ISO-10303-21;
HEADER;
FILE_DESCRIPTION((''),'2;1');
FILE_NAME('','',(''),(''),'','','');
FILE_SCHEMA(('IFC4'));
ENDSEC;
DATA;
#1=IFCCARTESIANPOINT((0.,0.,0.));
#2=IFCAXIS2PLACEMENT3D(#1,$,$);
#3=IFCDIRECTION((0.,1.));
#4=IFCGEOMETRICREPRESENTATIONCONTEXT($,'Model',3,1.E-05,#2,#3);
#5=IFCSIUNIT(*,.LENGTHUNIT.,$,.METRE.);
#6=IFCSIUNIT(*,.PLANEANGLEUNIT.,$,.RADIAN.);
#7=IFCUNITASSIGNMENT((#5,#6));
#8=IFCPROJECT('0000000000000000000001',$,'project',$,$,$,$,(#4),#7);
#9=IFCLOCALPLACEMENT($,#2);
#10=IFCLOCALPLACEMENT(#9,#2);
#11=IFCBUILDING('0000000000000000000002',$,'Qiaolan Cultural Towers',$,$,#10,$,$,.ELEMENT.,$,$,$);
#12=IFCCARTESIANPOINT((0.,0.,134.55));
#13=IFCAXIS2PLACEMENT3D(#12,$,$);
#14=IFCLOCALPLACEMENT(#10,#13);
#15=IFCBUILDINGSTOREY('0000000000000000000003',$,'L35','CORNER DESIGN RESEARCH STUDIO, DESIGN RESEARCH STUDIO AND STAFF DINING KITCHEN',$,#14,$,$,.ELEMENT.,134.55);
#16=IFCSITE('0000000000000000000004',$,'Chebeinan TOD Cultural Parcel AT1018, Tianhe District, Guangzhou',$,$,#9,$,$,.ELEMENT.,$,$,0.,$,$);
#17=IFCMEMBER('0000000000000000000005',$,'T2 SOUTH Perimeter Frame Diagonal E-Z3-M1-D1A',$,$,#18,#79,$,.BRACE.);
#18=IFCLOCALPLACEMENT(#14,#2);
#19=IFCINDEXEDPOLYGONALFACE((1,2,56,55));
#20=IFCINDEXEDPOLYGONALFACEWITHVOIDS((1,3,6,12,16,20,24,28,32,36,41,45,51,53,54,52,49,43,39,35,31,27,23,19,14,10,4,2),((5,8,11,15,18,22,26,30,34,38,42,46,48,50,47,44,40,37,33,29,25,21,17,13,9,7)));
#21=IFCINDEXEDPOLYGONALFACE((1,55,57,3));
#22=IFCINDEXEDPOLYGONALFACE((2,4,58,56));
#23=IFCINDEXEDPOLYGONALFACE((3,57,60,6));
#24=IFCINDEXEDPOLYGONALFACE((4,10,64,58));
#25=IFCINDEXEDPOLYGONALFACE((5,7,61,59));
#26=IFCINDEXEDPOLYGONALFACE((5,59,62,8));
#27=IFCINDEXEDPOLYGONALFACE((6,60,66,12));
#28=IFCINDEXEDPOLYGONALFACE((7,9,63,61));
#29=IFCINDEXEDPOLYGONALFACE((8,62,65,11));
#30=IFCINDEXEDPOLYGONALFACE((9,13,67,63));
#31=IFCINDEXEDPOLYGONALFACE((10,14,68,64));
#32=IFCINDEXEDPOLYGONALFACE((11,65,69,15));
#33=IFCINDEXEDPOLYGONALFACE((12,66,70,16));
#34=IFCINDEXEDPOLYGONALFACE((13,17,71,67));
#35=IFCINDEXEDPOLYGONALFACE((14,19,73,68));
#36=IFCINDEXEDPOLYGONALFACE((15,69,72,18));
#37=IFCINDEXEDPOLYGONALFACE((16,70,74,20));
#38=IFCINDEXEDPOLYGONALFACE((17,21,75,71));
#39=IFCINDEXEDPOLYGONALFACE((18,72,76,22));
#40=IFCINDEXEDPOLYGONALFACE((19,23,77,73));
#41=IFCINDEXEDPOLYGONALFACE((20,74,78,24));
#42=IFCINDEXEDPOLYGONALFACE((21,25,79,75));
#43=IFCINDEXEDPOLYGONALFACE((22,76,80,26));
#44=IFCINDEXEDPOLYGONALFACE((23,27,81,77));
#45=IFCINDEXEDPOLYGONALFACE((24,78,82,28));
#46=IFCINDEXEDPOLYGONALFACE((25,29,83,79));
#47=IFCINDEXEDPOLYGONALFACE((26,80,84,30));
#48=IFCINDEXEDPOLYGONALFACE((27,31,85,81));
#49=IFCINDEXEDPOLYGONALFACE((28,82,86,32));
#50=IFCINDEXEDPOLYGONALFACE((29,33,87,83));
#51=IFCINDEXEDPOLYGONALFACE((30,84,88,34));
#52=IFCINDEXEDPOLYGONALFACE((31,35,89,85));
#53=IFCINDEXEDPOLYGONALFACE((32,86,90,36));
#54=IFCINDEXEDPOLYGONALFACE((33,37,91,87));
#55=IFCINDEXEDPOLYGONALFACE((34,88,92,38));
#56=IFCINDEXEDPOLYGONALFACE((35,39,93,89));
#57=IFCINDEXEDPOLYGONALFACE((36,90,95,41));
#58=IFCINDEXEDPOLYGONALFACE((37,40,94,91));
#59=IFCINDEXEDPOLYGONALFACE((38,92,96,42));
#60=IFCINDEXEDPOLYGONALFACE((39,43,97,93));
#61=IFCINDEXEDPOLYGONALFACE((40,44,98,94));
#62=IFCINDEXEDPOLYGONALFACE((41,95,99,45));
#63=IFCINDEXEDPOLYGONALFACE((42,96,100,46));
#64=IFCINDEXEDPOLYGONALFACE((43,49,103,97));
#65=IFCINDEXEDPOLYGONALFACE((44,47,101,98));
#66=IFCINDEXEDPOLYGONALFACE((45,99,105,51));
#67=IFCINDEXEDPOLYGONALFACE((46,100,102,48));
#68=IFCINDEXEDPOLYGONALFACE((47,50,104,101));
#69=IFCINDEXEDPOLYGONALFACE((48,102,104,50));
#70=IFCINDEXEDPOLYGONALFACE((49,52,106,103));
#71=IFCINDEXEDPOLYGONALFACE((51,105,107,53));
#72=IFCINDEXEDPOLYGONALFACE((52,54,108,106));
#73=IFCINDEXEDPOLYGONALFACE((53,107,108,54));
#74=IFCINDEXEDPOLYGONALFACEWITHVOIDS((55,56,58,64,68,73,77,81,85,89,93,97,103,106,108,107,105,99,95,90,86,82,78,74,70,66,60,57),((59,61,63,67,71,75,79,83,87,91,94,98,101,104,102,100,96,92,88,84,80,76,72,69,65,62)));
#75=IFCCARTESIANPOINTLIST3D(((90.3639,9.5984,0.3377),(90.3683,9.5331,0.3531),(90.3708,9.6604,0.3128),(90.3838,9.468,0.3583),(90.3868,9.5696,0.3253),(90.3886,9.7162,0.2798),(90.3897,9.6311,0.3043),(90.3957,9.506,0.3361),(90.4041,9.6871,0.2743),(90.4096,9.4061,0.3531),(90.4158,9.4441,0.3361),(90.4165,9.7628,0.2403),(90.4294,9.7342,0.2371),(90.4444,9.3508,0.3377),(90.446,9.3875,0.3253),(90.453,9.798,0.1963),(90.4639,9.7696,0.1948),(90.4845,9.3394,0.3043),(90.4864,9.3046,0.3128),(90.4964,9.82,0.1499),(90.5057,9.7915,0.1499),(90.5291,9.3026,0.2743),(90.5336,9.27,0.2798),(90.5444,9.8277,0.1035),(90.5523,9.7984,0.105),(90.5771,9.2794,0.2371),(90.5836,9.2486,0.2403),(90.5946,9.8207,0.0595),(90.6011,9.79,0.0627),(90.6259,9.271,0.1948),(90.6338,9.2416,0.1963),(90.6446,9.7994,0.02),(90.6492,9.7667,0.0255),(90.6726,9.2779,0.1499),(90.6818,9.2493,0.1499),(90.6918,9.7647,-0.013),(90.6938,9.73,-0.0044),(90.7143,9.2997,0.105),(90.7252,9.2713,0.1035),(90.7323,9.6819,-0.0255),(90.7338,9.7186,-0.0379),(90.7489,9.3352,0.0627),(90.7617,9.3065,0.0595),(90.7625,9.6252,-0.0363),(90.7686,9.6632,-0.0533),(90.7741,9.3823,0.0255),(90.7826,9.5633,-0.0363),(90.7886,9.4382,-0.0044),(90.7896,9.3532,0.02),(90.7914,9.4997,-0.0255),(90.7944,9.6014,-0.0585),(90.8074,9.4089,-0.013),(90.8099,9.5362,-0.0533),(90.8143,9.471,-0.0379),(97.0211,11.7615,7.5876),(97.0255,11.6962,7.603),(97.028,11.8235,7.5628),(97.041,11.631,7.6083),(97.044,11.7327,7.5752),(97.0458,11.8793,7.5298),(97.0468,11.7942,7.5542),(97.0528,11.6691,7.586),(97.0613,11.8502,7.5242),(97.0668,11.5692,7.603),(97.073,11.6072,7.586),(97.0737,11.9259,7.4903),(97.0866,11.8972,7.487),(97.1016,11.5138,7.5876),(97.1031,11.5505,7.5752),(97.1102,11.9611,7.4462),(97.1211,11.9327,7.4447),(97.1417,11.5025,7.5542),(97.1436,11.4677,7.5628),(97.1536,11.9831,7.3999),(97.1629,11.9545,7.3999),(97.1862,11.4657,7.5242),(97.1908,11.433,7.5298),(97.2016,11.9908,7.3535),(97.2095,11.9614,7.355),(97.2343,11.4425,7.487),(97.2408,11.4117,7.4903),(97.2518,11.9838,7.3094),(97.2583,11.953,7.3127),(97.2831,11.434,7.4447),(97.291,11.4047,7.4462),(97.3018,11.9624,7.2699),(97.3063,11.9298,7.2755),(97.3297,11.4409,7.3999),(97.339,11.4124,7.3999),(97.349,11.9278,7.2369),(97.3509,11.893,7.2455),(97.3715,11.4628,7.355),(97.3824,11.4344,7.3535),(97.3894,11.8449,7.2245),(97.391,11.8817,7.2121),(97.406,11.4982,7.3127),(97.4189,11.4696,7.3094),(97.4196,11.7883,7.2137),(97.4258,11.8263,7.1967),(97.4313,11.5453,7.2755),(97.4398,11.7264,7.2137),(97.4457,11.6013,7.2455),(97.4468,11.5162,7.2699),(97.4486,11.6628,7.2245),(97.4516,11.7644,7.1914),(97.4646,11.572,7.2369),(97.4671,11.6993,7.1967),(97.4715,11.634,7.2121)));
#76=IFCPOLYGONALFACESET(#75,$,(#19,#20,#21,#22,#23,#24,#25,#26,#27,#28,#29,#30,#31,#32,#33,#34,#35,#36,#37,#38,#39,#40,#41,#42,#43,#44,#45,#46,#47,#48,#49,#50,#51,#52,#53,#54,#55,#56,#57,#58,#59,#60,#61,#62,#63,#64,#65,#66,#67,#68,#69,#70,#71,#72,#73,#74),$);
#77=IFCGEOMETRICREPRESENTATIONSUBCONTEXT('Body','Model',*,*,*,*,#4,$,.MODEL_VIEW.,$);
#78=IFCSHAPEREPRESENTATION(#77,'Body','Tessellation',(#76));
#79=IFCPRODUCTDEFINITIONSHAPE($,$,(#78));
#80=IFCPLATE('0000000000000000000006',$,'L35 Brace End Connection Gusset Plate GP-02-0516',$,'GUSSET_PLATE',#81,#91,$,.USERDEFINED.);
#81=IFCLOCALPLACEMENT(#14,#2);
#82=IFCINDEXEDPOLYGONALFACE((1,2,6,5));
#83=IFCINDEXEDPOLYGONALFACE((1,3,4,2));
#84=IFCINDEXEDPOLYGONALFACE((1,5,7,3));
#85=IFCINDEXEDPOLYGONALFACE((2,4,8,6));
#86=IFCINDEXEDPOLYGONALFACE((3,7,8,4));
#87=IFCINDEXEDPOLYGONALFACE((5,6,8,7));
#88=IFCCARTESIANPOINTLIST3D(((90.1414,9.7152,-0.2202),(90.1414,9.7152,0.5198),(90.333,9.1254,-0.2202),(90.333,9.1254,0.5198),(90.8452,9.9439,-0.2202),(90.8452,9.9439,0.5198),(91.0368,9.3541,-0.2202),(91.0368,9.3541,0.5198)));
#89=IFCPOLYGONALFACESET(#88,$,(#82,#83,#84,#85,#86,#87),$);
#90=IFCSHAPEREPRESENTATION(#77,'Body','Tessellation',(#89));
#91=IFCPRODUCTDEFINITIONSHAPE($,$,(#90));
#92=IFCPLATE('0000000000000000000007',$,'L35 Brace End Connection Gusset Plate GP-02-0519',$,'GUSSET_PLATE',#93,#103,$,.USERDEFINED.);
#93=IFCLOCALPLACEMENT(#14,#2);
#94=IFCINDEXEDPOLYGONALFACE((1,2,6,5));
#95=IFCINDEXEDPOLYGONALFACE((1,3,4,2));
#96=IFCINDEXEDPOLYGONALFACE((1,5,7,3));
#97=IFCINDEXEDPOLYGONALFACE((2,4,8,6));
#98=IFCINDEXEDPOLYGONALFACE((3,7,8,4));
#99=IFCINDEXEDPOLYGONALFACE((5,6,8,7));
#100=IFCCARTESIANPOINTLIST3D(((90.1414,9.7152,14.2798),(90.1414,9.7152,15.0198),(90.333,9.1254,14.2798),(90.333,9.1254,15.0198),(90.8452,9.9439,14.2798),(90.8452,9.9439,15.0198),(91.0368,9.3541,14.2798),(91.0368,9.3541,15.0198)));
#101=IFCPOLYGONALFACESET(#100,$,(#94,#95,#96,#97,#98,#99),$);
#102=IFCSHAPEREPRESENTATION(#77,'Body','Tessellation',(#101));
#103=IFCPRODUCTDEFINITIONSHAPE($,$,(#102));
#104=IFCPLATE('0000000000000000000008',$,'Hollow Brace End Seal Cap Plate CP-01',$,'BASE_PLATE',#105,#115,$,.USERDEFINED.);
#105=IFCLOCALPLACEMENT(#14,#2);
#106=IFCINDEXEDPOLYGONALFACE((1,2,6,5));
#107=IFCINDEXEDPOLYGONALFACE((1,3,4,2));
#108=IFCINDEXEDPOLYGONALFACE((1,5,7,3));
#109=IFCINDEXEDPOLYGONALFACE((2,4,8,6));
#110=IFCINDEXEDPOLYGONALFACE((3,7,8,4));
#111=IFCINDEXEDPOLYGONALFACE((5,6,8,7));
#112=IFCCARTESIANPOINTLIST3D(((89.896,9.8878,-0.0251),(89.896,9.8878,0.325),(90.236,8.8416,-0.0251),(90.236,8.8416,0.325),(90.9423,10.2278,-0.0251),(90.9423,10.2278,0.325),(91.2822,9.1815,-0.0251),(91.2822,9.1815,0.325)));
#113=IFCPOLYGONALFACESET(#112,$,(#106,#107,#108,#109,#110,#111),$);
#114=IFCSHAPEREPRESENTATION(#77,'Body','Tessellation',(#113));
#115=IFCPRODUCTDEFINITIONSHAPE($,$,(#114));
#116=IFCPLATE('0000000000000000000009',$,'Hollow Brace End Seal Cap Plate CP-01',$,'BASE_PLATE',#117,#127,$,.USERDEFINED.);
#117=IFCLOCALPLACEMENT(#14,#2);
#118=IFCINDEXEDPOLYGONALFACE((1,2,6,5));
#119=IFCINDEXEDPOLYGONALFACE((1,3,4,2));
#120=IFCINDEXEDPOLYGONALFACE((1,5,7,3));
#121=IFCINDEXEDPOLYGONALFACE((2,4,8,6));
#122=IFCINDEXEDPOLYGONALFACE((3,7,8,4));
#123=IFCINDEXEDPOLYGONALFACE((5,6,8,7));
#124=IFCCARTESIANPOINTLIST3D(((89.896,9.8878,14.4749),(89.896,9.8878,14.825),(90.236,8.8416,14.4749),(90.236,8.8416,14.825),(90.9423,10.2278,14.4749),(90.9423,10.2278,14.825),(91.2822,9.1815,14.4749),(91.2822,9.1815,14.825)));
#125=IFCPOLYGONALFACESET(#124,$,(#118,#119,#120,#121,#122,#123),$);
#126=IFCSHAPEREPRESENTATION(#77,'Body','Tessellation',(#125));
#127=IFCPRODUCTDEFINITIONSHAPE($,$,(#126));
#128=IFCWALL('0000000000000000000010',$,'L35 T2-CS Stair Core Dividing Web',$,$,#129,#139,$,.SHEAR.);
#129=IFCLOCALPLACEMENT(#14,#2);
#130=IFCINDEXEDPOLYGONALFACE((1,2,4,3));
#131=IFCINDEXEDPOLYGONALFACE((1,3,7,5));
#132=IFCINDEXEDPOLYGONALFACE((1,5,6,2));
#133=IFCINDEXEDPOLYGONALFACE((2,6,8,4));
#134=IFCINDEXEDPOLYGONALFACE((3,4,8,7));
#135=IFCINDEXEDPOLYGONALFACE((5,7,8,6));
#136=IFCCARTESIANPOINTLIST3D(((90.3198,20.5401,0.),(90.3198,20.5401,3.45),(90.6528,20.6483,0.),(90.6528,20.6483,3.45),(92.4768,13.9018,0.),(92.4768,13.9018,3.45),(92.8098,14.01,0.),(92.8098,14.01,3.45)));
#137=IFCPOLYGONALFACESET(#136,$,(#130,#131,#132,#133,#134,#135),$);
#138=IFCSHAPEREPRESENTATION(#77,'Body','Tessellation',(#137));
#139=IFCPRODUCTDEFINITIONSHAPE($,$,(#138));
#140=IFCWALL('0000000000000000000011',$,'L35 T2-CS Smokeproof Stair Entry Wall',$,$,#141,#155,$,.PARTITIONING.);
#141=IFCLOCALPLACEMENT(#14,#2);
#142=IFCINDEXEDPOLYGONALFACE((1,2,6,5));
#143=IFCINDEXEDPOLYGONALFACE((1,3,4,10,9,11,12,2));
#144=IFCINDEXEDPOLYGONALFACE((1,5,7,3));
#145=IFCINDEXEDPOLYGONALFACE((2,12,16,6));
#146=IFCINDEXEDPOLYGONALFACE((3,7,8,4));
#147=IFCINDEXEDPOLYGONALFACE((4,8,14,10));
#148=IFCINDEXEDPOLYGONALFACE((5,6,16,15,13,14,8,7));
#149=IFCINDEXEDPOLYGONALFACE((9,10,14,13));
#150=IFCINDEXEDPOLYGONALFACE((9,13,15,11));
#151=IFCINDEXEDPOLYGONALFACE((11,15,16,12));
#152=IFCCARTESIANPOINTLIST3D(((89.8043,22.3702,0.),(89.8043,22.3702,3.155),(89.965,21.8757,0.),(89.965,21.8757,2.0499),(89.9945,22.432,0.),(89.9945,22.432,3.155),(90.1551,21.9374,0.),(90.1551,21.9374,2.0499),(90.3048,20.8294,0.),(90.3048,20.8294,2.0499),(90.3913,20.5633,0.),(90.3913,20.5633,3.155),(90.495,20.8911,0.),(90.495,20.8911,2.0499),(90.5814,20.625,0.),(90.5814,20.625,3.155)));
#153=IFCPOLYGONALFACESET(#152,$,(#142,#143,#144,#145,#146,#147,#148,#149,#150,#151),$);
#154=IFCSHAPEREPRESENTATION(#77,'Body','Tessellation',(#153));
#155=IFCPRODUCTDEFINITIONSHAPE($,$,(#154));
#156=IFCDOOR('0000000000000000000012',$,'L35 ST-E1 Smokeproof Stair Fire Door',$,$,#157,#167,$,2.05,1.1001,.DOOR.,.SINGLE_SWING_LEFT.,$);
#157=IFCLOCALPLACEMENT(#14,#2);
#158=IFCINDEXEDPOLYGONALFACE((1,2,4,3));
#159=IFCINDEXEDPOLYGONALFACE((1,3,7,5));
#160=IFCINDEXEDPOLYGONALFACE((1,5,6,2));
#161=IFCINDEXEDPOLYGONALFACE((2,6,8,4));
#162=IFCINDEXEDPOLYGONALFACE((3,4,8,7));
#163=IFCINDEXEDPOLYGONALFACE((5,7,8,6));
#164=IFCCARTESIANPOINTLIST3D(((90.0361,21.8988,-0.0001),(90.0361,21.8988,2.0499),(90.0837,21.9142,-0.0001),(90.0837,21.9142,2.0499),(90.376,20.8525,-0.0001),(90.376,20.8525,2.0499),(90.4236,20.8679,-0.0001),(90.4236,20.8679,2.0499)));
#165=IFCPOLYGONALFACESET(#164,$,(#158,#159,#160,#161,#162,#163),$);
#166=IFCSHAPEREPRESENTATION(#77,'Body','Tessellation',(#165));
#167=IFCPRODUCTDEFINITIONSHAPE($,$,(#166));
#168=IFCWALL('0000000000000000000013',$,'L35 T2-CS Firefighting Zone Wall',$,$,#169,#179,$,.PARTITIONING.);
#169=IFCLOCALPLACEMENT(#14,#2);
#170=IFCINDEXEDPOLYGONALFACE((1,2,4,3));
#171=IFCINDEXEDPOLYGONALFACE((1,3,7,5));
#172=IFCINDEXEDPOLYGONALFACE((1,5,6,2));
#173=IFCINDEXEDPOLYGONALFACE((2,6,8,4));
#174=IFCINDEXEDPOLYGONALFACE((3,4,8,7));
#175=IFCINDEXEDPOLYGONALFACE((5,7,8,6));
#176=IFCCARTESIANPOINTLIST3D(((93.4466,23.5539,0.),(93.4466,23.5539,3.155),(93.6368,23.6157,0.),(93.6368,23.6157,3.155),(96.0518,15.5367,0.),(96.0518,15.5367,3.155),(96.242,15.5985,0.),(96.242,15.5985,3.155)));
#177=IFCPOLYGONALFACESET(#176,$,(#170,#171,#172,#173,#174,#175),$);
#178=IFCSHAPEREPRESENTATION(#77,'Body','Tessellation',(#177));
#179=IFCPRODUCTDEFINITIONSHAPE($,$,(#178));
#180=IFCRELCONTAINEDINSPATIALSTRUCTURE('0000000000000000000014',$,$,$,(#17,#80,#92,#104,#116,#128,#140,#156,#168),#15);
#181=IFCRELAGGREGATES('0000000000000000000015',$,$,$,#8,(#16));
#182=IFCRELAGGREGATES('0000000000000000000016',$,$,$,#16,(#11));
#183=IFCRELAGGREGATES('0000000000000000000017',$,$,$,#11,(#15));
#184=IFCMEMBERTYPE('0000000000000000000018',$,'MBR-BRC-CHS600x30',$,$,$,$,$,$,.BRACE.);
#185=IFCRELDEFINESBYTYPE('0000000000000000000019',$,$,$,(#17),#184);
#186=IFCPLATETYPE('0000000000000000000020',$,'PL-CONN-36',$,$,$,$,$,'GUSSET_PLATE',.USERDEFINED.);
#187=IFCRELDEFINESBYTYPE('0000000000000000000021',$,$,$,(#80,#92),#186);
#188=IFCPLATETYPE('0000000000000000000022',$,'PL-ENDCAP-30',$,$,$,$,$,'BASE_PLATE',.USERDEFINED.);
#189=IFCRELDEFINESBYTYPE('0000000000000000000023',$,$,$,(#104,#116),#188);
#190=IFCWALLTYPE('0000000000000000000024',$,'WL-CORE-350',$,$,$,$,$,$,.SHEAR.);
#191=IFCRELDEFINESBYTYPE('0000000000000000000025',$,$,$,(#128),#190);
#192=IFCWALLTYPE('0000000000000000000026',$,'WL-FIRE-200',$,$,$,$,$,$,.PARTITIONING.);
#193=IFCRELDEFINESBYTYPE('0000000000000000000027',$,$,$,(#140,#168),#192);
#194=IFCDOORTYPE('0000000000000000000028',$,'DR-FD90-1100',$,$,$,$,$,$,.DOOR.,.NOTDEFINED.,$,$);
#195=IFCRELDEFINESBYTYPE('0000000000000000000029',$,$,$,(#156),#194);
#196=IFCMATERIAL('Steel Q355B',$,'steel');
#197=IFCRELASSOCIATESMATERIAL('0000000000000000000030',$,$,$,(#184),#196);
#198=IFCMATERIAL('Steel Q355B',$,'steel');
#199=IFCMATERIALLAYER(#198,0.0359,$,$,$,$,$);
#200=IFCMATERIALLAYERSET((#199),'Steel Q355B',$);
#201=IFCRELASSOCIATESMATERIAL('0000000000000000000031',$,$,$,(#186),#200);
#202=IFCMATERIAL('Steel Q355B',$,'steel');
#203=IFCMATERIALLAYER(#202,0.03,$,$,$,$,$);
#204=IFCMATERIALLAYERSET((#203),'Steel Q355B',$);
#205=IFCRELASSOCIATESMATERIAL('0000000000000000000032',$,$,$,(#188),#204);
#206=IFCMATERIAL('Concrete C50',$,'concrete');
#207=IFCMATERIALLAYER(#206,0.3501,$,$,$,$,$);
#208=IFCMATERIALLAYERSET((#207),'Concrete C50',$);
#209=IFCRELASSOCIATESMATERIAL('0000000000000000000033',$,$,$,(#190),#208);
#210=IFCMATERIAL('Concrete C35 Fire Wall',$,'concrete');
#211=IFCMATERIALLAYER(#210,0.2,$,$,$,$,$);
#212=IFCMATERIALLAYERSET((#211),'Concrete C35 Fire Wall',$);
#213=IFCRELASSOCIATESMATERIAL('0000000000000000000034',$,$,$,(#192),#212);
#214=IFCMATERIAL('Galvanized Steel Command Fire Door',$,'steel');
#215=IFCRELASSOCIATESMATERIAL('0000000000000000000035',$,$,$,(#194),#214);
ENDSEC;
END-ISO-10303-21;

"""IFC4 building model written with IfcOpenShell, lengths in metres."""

from ifc_helpers import new_model, si_unit, direction, frame, frame_2d, origin, origin_2d, place, context, subcontext, project, spatial, rectangle, hollow_circle, extrude, material, layer, layer_set, material_profile, profile_set, type_object, element, fill, save


model = new_model("IFC4")

# Units and contexts
model_context = context("Model", 3, precision=1e-05, world=origin(), true_north=direction((0.0, 1.0)))
body_context = subcontext(model_context, "Body", "Model", "MODEL_VIEW")
ifc_project = project(units=[si_unit("LENGTHUNIT", "METRE"), si_unit("PLANEANGLEUNIT", "RADIAN")], contexts=[model_context])

# Site, building, storey
site_placement = place(None, origin())
site = spatial("IfcSite", under=ifc_project, at=site_placement, Name="Chebeinan TOD Cultural Parcel AT1018, Tianhe District, Guangzhou", CompositionType="ELEMENT", RefElevation=0.0)
building_placement = place(site_placement, origin())
building = spatial("IfcBuilding", under=site, at=building_placement, Name="Qiaolan Cultural Towers", CompositionType="ELEMENT")
storey_placement = place(building_placement, frame((0.0, 0.0, 134.55)))
storey = spatial("IfcBuildingStorey", under=building, at=storey_placement, Name="L35", Description="CORNER DESIGN RESEARCH STUDIO, DESIGN RESEARCH STUDIO AND STAFF DINING KITCHEN", CompositionType="ELEMENT", Elevation=134.55)

# Member
ifc_material_1 = material(Name="Steel Q355B", Category="steel")
ifc_material_profile_1 = material_profile(ifc_material_1, hollow_circle(Radius=0.3, WallThickness=0.03, at=origin_2d()), Name="CHS600x30")
ifc_profile_set_1 = profile_set([ifc_material_profile_1], Name="Steel Q355B")
member_type = type_object("IfcMemberType", Name="MBR-BRC-CHS600x30", PredefinedType="BRACE", material=ifc_profile_set_1)
member_placement = place(storey_placement, frame((90.5891, 9.5347, 0.1499), z_axis=(0.66059, 0.214641, 0.71941), x_axis=(-0.30902, 0.951056, 0.0)))
element("IfcMember", 1, at=member_placement, inside=storey, type_object=member_type, Name="T2 SOUTH Perimeter Frame Diagonal E-Z3-M1-D1A", PredefinedType="BRACE", context=body_context, shape_type="SweptSolid", body=[
    extrude(hollow_circle(Radius=0.3, WallThickness=0.03, at=origin_2d()), origin(), (0.0, 0.0, 1.0), 10.0776),
])

# Plates
ifc_material_2 = material(Name="Steel Q355B", Category="steel")
ifc_layer_1 = layer(ifc_material_2, 0.0359)
ifc_layer_set_1 = layer_set([ifc_layer_1], Name="Steel Q355B")
plate_type_1 = type_object("IfcPlateType", Name="PL-CONN-36", ElementType="GUSSET_PLATE", PredefinedType="USERDEFINED", material=ifc_layer_set_1)
for number, where, z_axis, x_axis, name in (
    (2, (90.5891, 9.5347, -0.2202), (0.0, 0.0, 1.0), (0.951057, 0.309017, 0.0), "L35 Brace End Connection Gusset Plate GP-02-0516"),
    (3, (90.5891, 9.5347, 14.2798), (0.0, 0.0, 1.0), (0.951057, 0.309017, 0.0), "L35 Brace End Connection Gusset Plate GP-02-0519"),
):
    element("IfcPlate", number, at=place(storey_placement, frame(where, z_axis=z_axis, x_axis=x_axis)), inside=storey, type_object=plate_type_1, Name=name, ObjectType="GUSSET_PLATE", PredefinedType="USERDEFINED", context=body_context, shape_type="SweptSolid", body=[
        extrude(rectangle(XDim=0.74, YDim=0.6201, at=origin_2d()), origin(), (0.0, 0.0, 1.0), 0.74),
    ])
ifc_material_3 = material(Name="Steel Q355B", Category="steel")
ifc_layer_2 = layer(ifc_material_3, 0.03)
ifc_layer_set_2 = layer_set([ifc_layer_2], Name="Steel Q355B")
plate_type_2 = type_object("IfcPlateType", Name="PL-ENDCAP-30", ElementType="BASE_PLATE", PredefinedType="USERDEFINED", material=ifc_layer_set_2)
for number, where, z_axis, x_axis, name in (
    (4, (90.5891, 9.5347, -0.0251), (0.0, 0.0, 1.0), (0.951057, 0.309017, 0.0), "Hollow Brace End Seal Cap Plate CP-01"),
    (5, (90.5891, 9.5347, 14.4749), (0.0, 0.0, 1.0), (0.951057, 0.309017, 0.0), "Hollow Brace End Seal Cap Plate CP-01"),
):
    element("IfcPlate", number, at=place(storey_placement, frame(where, z_axis=z_axis, x_axis=x_axis)), inside=storey, type_object=plate_type_2, Name=name, ObjectType="BASE_PLATE", PredefinedType="USERDEFINED", context=body_context, shape_type="SweptSolid", body=[
        extrude(rectangle(XDim=1.1001, YDim=1.1001, at=origin_2d()), origin(), (0.0, 0.0, 1.0), 0.3501),
    ])

# Wall
ifc_material_4 = material(Name="Concrete C50", Category="concrete")
ifc_layer_3 = layer(ifc_material_4, 0.3501)
ifc_layer_set_3 = layer_set([ifc_layer_3], Name="Concrete C50")
wall_type_1 = type_object("IfcWallType", Name="WL-CORE-350", PredefinedType="SHEAR", material=ifc_layer_set_3)
wall_1_placement = place(storey_placement, frame((90.4863, 20.5942, 0.0), z_axis=(0.0, 0.0, 1.0), x_axis=(0.30902, -0.951055, 0.0)))
element("IfcWall", 6, at=wall_1_placement, inside=storey, type_object=wall_type_1, Name="L35 T2-CS Stair Core Dividing Web", PredefinedType="SHEAR", context=body_context, shape_type="SweptSolid", body=[
    extrude(rectangle(XDim=6.98, YDim=0.3501, at=frame_2d((3.49, 0.0))), origin(), (0.0, 0.0, 1.0), 3.45),
])

# Wall, opening, door
ifc_material_5 = material(Name="Concrete C35 Fire Wall", Category="concrete")
ifc_layer_4 = layer(ifc_material_5, 0.2)
ifc_layer_set_4 = layer_set([ifc_layer_4], Name="Concrete C35 Fire Wall")
wall_type_2 = type_object("IfcWallType", Name="WL-FIRE-200", PredefinedType="PARTITIONING", material=ifc_layer_set_4)
wall_2_placement = place(storey_placement, frame((89.8994, 22.4011, 0.0), z_axis=(0.0, 0.0, 1.0), x_axis=(0.308932, -0.951084, 0.0)))
wall_2 = element("IfcWall", 7, at=wall_2_placement, inside=storey, type_object=wall_type_2, Name="L35 T2-CS Smokeproof Stair Entry Wall", PredefinedType="PARTITIONING", context=body_context, shape_type="SweptSolid", body=[
    extrude(rectangle(XDim=1.8999, YDim=0.2, at=frame_2d((0.95, 0.0))), origin(), (0.0, 0.0, 1.0), 3.155),
])
opening_1_placement = place(wall_2_placement, frame((0.52, 0.0, 0.0)))
opening_1 = element("IfcOpeningElement", 8, at=opening_1_placement, cuts=wall_2, PredefinedType="OPENING", context=body_context, shape_type="SweptSolid", body=[
    extrude(rectangle(XDim=1.1001, YDim=2.05, at=frame_2d((0.55, 1.0249))), frame((0.0, 0.1099, 0.0), z_axis=(0.0, -1.0, 0.0), x_axis=(1.0, 0.0, 0.0)), (0.0, 0.0, 1.0), 0.22),
])
ifc_material_6 = material(Name="Galvanized Steel Command Fire Door", Category="steel")
door_type_1 = type_object("IfcDoorType", Name="DR-FD90-1100", OperationType="NOTDEFINED", PredefinedType="DOOR", material=ifc_material_6)
door_1_placement = place(opening_1_placement, origin())
door_1 = element("IfcDoor", 9, at=door_1_placement, inside=storey, type_object=door_type_1, Name="L35 ST-E1 Smokeproof Stair Fire Door", OperationType="SINGLE_SWING_LEFT", OverallHeight=2.05, OverallWidth=1.1001, PredefinedType="DOOR", context=body_context, shape_type="SweptSolid", body=[
    extrude(rectangle(XDim=1.1001, YDim=2.05, at=frame_2d((0.55, 1.0249))), frame((0.0, 0.0249, 0.0), z_axis=(0.0, -1.0, 0.0), x_axis=(1.0, 0.0, 0.0)), (0.0, 0.0, 1.0), 0.05),
])
fill(opening_1, door_1)

# Wall
wall_3_placement = place(storey_placement, frame((93.5417, 23.5847, 0.0), z_axis=(0.0, 0.0, 1.0), x_axis=(0.309042, -0.951048, 0.0)))
element("IfcWall", 10, at=wall_3_placement, inside=storey, type_object=wall_type_2, Name="L35 T2-CS Firefighting Zone Wall", PredefinedType="PARTITIONING", context=body_context, shape_type="SweptSolid", body=[
    extrude(rectangle(XDim=8.4299, YDim=0.2, at=frame_2d((4.2148, 0.0))), origin(), (0.0, 0.0, 1.0), 3.155),
])

save(model, "model.ifc")
